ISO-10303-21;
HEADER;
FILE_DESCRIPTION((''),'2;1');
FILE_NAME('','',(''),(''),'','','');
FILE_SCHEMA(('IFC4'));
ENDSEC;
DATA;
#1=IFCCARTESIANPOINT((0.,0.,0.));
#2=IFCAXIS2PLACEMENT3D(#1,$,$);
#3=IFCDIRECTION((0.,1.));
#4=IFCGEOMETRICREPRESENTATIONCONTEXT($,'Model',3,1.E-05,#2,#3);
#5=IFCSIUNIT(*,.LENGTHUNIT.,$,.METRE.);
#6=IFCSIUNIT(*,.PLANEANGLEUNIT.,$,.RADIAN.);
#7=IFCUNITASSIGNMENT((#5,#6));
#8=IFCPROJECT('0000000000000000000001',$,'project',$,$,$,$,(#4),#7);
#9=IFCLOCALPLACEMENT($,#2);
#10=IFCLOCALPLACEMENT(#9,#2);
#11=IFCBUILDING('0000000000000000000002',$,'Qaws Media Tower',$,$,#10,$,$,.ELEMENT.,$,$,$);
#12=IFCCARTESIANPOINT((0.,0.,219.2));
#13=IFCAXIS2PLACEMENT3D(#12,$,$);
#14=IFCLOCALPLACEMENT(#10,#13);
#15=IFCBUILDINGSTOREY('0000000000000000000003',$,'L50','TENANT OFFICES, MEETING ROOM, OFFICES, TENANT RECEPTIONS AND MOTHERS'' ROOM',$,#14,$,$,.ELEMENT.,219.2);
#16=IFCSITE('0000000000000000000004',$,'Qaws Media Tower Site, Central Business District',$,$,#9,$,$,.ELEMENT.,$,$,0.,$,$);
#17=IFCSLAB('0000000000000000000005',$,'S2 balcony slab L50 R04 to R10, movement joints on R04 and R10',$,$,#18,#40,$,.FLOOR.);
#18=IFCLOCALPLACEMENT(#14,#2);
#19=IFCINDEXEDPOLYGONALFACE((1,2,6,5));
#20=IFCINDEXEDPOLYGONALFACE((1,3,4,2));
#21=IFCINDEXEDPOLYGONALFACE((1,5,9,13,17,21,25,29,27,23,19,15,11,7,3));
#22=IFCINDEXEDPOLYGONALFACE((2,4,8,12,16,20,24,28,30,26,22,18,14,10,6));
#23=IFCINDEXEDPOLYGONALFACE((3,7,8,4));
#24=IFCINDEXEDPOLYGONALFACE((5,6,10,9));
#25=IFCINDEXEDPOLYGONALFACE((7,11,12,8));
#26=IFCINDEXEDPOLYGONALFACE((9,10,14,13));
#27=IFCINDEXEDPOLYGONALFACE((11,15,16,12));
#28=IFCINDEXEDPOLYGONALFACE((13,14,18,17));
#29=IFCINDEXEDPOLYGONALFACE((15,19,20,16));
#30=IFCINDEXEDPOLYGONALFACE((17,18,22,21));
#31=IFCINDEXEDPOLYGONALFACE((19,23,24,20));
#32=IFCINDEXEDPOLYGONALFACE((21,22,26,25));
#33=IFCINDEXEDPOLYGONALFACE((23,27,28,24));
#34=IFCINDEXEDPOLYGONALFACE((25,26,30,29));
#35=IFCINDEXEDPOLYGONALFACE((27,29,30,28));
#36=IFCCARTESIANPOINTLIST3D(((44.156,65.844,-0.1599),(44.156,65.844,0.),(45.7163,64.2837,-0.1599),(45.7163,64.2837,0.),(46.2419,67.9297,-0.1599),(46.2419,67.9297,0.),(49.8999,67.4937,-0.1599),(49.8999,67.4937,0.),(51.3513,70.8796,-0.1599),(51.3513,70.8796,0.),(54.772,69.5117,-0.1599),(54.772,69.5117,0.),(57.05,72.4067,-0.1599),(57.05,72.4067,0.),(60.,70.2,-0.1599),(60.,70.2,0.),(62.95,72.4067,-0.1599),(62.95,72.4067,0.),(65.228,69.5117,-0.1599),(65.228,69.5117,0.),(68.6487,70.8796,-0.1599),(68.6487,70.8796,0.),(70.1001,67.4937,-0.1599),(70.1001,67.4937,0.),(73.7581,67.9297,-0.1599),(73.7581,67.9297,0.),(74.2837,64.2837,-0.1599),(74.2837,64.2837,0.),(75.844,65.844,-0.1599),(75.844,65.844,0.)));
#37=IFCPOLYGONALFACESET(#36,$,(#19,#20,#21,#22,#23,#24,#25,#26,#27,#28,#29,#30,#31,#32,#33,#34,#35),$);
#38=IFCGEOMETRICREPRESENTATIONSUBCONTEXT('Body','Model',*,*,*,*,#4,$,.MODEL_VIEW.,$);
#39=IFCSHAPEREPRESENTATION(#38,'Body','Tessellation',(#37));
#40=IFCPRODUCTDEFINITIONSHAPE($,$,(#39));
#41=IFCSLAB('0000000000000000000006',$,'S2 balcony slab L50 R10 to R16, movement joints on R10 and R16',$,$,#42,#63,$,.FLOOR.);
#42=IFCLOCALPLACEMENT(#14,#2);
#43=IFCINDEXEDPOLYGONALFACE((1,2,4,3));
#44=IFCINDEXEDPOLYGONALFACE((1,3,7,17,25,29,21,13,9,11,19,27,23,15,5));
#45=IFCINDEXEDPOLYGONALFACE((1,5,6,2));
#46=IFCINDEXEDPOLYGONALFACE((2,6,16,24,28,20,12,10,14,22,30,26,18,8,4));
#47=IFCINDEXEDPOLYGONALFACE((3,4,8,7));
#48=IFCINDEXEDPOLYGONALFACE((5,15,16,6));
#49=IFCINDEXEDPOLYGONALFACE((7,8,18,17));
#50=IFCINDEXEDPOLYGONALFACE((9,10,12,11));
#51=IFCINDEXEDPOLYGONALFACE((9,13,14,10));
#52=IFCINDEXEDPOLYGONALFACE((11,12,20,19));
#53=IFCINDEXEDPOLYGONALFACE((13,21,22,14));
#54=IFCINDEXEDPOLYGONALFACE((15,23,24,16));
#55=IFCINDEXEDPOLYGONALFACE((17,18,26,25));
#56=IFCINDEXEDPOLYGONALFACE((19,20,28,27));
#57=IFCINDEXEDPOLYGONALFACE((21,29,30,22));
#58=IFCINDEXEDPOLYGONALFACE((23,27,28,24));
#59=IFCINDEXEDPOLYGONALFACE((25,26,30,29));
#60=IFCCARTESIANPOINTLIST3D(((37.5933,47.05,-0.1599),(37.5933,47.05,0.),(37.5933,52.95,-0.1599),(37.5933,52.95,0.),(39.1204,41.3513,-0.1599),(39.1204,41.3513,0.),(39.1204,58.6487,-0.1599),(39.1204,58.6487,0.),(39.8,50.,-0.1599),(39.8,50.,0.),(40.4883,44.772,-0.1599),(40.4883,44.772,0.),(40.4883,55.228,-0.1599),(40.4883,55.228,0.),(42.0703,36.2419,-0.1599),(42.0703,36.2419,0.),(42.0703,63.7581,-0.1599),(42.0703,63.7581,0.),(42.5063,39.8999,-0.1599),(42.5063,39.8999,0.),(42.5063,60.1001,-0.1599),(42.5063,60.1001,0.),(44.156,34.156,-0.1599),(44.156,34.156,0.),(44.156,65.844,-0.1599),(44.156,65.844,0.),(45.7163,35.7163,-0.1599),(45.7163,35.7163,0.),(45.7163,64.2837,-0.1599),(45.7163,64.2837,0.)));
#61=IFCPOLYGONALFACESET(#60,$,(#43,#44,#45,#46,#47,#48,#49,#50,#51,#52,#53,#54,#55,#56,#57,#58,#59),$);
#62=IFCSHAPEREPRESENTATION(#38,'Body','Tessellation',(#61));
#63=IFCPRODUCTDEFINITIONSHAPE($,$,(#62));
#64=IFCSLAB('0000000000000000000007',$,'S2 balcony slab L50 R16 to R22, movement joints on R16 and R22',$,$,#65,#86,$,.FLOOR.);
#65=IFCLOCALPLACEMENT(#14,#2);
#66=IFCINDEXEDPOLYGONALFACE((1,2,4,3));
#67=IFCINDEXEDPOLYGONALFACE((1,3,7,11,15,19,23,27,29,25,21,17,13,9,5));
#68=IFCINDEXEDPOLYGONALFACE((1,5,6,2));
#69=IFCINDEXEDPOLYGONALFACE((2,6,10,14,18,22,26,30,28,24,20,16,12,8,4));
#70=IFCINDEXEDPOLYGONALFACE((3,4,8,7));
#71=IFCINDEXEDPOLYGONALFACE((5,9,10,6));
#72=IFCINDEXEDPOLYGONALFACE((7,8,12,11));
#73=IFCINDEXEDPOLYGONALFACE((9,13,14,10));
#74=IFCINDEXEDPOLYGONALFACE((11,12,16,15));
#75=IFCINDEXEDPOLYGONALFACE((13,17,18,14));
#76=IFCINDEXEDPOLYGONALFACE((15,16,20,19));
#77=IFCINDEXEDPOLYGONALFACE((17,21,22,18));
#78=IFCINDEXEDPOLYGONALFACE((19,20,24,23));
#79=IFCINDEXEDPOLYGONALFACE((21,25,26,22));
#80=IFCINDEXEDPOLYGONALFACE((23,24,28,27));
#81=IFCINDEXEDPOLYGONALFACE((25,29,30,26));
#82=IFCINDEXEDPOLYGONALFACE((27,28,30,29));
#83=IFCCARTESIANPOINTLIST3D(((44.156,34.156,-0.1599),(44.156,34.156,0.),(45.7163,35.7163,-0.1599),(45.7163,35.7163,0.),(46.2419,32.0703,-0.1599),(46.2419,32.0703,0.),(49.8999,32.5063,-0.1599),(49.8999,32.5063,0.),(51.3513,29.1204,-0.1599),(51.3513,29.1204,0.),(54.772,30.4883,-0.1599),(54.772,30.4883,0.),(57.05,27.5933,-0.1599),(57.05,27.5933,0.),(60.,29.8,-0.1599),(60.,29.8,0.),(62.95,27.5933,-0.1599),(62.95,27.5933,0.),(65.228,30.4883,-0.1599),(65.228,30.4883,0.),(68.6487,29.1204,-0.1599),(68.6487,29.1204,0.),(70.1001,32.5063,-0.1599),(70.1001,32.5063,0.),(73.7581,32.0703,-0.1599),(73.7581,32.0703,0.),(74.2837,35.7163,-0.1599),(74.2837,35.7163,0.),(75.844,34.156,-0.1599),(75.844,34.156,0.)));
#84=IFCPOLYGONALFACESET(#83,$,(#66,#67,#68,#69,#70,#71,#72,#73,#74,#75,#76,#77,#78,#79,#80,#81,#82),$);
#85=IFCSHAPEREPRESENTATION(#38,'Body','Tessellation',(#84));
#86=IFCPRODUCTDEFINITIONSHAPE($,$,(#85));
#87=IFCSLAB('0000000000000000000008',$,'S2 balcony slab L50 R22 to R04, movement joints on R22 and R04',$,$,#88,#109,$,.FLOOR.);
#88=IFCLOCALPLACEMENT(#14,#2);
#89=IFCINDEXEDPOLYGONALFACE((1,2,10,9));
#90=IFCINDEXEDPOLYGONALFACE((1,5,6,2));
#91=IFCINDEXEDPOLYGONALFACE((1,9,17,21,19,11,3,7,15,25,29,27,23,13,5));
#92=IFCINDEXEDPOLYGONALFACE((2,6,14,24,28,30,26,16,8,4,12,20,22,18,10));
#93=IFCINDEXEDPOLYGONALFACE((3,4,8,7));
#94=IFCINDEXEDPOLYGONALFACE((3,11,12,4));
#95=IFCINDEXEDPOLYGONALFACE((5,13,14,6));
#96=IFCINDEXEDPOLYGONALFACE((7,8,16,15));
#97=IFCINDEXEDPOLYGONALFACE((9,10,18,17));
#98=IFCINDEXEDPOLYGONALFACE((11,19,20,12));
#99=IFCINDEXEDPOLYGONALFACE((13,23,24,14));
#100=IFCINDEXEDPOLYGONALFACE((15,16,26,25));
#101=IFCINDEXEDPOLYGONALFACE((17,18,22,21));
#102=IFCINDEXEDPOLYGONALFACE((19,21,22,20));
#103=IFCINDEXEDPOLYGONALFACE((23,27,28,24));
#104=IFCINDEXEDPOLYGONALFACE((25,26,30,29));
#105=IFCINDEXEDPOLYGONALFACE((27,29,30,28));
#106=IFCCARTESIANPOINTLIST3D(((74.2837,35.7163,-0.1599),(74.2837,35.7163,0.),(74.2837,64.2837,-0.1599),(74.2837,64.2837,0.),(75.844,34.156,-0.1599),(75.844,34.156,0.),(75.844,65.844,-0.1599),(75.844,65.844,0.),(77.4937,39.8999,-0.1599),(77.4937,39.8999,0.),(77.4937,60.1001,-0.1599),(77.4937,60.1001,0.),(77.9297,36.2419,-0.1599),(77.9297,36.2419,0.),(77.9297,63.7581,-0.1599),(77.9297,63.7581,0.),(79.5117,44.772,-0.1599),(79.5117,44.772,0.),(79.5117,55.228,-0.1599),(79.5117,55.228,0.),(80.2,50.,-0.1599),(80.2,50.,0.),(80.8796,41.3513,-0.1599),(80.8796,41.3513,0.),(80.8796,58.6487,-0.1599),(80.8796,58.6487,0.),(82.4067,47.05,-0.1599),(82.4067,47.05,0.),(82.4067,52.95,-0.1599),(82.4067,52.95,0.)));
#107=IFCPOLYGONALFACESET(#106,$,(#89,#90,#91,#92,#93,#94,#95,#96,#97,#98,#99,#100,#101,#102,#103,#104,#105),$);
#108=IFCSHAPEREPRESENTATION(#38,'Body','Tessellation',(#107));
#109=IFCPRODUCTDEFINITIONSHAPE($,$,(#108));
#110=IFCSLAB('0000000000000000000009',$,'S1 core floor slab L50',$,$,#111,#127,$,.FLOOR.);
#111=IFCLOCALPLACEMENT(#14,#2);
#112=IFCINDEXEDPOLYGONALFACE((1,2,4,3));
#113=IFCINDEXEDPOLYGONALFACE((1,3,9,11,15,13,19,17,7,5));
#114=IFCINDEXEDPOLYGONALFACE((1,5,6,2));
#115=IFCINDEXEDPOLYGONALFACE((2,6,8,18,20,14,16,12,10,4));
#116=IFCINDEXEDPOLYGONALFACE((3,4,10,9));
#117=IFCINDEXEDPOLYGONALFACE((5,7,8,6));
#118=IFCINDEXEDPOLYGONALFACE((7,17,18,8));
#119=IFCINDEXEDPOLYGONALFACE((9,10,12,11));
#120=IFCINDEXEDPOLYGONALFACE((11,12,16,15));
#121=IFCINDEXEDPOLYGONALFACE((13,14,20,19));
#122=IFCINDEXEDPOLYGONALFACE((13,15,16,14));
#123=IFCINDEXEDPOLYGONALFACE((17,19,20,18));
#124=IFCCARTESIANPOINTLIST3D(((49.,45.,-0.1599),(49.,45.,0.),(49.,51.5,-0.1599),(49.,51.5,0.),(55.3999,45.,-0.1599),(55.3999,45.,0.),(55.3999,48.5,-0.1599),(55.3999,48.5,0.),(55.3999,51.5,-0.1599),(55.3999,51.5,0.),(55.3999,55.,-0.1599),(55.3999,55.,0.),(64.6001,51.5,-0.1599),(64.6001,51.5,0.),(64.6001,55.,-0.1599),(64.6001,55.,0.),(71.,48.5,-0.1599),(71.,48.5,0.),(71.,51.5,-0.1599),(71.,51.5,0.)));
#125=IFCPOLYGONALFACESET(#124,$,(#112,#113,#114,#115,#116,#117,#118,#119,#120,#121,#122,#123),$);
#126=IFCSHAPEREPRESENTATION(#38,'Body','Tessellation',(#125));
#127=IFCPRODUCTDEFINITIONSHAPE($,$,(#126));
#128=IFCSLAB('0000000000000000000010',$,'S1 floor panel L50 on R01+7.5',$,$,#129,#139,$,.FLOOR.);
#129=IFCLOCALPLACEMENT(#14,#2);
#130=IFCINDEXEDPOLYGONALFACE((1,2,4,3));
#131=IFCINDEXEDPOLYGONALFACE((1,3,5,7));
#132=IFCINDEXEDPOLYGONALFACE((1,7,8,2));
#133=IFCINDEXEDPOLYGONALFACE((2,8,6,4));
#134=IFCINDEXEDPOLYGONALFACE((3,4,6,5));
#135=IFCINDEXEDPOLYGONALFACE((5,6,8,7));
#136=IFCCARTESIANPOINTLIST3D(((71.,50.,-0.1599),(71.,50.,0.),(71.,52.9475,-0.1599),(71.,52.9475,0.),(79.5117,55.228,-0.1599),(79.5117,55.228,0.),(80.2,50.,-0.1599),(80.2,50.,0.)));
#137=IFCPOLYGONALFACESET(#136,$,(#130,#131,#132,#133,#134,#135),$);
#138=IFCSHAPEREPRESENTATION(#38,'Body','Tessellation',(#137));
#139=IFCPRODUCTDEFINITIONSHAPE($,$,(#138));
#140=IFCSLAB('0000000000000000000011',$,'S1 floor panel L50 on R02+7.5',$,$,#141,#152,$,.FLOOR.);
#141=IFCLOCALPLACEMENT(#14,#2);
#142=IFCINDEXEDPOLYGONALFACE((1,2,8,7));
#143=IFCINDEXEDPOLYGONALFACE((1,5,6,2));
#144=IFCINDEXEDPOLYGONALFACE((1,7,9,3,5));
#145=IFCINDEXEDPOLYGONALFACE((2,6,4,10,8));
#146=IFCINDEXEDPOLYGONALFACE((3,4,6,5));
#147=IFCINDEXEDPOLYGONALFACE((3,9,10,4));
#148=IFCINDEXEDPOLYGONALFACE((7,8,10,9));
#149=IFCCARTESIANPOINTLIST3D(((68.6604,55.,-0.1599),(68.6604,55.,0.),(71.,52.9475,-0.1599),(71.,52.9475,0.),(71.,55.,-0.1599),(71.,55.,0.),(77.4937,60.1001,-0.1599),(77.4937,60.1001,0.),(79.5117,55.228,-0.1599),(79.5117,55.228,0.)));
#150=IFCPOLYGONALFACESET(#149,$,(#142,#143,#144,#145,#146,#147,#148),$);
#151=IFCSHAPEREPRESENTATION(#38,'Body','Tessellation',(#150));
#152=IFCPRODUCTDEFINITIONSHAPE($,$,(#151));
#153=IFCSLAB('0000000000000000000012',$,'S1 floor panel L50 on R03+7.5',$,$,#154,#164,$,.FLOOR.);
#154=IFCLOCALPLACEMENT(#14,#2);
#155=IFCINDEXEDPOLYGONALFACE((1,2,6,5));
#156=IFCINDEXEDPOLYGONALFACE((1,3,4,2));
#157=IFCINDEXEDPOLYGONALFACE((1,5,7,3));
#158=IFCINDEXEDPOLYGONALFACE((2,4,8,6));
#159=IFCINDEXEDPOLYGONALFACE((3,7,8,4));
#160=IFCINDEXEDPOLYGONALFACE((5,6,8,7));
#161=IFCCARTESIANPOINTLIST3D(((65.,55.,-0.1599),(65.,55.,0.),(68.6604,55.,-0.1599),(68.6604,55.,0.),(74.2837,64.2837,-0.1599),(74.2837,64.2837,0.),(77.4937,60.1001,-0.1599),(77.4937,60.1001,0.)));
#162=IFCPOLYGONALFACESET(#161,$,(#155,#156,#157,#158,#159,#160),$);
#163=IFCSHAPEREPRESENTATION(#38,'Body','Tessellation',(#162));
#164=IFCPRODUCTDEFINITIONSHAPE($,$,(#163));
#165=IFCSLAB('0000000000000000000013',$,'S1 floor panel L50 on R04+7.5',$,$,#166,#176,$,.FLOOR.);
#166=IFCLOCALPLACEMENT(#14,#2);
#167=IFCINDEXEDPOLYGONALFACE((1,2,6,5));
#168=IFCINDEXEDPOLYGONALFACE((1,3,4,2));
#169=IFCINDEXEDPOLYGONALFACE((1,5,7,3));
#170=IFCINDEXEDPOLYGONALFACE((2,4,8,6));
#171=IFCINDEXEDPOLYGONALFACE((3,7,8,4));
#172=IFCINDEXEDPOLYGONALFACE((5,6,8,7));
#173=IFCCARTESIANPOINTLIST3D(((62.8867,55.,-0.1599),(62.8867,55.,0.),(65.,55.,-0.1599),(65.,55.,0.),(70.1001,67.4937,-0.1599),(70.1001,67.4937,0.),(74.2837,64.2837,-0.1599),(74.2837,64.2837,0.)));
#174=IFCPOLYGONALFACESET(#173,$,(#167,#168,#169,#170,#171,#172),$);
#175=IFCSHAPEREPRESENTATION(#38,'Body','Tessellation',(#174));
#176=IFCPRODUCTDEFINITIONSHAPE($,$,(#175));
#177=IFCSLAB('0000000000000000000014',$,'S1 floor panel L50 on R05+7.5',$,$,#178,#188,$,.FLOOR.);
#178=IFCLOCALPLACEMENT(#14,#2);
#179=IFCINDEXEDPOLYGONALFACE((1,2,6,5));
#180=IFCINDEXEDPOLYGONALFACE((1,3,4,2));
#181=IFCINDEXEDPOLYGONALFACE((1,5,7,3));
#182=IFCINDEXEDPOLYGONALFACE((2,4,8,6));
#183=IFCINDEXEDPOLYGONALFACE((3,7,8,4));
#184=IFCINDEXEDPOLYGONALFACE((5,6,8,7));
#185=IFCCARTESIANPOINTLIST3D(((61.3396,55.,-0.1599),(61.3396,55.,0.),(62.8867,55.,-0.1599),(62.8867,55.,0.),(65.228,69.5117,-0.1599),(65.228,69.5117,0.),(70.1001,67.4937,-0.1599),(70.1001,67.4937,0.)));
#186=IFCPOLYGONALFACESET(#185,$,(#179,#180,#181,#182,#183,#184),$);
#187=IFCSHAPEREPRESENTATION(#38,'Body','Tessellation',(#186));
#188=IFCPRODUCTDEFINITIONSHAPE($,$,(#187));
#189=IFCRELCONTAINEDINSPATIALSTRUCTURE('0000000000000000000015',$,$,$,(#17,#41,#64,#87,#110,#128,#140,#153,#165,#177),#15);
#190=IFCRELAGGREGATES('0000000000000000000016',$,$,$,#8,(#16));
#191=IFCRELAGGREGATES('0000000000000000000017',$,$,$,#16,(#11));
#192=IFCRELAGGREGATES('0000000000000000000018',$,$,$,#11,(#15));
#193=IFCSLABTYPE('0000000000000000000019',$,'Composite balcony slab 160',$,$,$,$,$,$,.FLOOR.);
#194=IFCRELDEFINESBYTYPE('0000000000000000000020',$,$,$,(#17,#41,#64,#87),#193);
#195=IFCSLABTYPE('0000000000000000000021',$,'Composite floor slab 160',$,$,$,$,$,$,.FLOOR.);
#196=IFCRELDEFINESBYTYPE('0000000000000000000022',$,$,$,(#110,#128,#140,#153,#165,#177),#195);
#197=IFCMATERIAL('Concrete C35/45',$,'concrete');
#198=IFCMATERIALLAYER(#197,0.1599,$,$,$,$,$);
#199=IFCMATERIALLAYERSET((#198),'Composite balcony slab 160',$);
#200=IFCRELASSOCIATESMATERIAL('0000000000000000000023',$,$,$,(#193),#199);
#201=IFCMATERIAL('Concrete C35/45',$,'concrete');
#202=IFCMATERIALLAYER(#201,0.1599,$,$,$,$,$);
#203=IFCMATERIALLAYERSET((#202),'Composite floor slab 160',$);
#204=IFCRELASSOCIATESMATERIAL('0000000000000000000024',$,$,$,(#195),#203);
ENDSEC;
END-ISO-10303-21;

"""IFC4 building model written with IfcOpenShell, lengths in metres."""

from ifc_helpers import new_model, si_unit, direction, frame, origin, place, context, subcontext, project, spatial, polyline, outline, extrude, material, layer, layer_set, type_object, element, save


model = new_model("IFC4")

# Units and contexts
model_context = context("Model", 3, precision=1e-05, world=origin(), true_north=direction((0.0, 1.0)))
body_context = subcontext(model_context, "Body", "Model", "MODEL_VIEW")
ifc_project = project(units=[si_unit("LENGTHUNIT", "METRE"), si_unit("PLANEANGLEUNIT", "RADIAN")], contexts=[model_context])

# Site, building, storey
site_placement = place(None, origin())
site = spatial("IfcSite", under=ifc_project, at=site_placement, Name="Qaws Media Tower Site, Central Business District", CompositionType="ELEMENT", RefElevation=0.0)
building_placement = place(site_placement, origin())
building = spatial("IfcBuilding", under=site, at=building_placement, Name="Qaws Media Tower", CompositionType="ELEMENT")
storey_placement = place(building_placement, frame((0.0, 0.0, 219.2)))
storey = spatial("IfcBuildingStorey", under=building, at=storey_placement, Name="L50", Description="TENANT OFFICES, MEETING ROOM, OFFICES, TENANT RECEPTIONS AND MOTHERS' ROOM", CompositionType="ELEMENT", Elevation=219.2)

# Slabs
ifc_material_1 = material(Name="Concrete C35/45", Category="concrete")
ifc_layer_1 = layer(ifc_material_1, 0.1599)
ifc_layer_set_1 = layer_set([ifc_layer_1], Name="Composite balcony slab 160")
slab_type_1 = type_object("IfcSlabType", Name="Composite balcony slab 160", PredefinedType="FLOOR", material=ifc_layer_set_1)
slab_1_placement = place(storey_placement, frame((0.0, 0.0, -0.1599)))
element("IfcSlab", 1, at=slab_1_placement, inside=storey, type_object=slab_type_1, Name="S2 balcony slab L50 R04 to R10, movement joints on R04 and R10", PredefinedType="FLOOR", context=body_context, shape_type="SweptSolid", body=[
    extrude(outline(polyline([(46.2419, 67.9297), (51.3513, 70.8796), (57.05, 72.4067), (62.95, 72.4067), (68.6487, 70.8796), (73.7581, 67.9297), (75.844, 65.844), (74.2837, 64.2837), (70.1001, 67.4937), (65.228, 69.5117), (60.0, 70.2), (54.772, 69.5117), (49.8999, 67.4937), (45.7163, 64.2837), (44.156, 65.844), (46.2419, 67.9297)])), origin(), (0.0, 0.0, 1.0), 0.1599),
])
slab_2_placement = place(storey_placement, frame((0.0, 0.0, -0.1599)))
element("IfcSlab", 2, at=slab_2_placement, inside=storey, type_object=slab_type_1, Name="S2 balcony slab L50 R10 to R16, movement joints on R10 and R16", PredefinedType="FLOOR", context=body_context, shape_type="SweptSolid", body=[
    extrude(outline(polyline([(42.0703, 36.2419), (39.1204, 41.3513), (37.5933, 47.05), (37.5933, 52.95), (39.1204, 58.6487), (42.0703, 63.7581), (44.156, 65.844), (45.7163, 64.2837), (42.5063, 60.1001), (40.4883, 55.228), (39.8, 50.0), (40.4883, 44.772), (42.5063, 39.8999), (45.7163, 35.7163), (44.156, 34.156), (42.0703, 36.2419)])), origin(), (0.0, 0.0, 1.0), 0.1599),
])
slab_3_placement = place(storey_placement, frame((0.0, 0.0, -0.1599)))
element("IfcSlab", 3, at=slab_3_placement, inside=storey, type_object=slab_type_1, Name="S2 balcony slab L50 R16 to R22, movement joints on R16 and R22", PredefinedType="FLOOR", context=body_context, shape_type="SweptSolid", body=[
    extrude(outline(polyline([(73.7581, 32.0703), (68.6487, 29.1204), (62.95, 27.5933), (57.05, 27.5933), (51.3513, 29.1204), (46.2419, 32.0703), (44.156, 34.156), (45.7163, 35.7163), (49.8999, 32.5063), (54.772, 30.4883), (60.0, 29.8), (65.228, 30.4883), (70.1001, 32.5063), (74.2837, 35.7163), (75.844, 34.156), (73.7581, 32.0703)])), origin(), (0.0, 0.0, 1.0), 0.1599),
])
slab_4_placement = place(storey_placement, frame((0.0, 0.0, -0.1599)))
element("IfcSlab", 4, at=slab_4_placement, inside=storey, type_object=slab_type_1, Name="S2 balcony slab L50 R22 to R04, movement joints on R22 and R04", PredefinedType="FLOOR", context=body_context, shape_type="SweptSolid", body=[
    extrude(outline(polyline([(80.8796, 41.3513), (77.9297, 36.2419), (75.844, 34.156), (74.2837, 35.7163), (77.4937, 39.8999), (79.5117, 44.772), (80.2, 50.0), (79.5117, 55.228), (77.4937, 60.1001), (74.2837, 64.2837), (75.844, 65.844), (77.9297, 63.7581), (80.8796, 58.6487), (82.4067, 52.95), (82.4067, 47.05), (80.8796, 41.3513)])), origin(), (0.0, 0.0, 1.0), 0.1599),
])
ifc_material_2 = material(Name="Concrete C35/45", Category="concrete")
ifc_layer_2 = layer(ifc_material_2, 0.1599)
ifc_layer_set_2 = layer_set([ifc_layer_2], Name="Composite floor slab 160")
slab_type_2 = type_object("IfcSlabType", Name="Composite floor slab 160", PredefinedType="FLOOR", material=ifc_layer_set_2)
slab_5_placement = place(storey_placement, frame((0.0, 0.0, -0.1599)))
element("IfcSlab", 5, at=slab_5_placement, inside=storey, type_object=slab_type_2, Name="S1 core floor slab L50", PredefinedType="FLOOR", context=body_context, shape_type="SweptSolid", body=[
    extrude(outline(polyline([(71.0, 51.5), (71.0, 48.5), (55.3999, 48.5), (55.3999, 45.0), (49.0, 45.0), (49.0, 51.5), (55.3999, 51.5), (55.3999, 55.0), (64.6001, 55.0), (64.6001, 51.5), (71.0, 51.5)])), origin(), (0.0, 0.0, 1.0), 0.1599),
])
slab_6_placement = place(storey_placement, frame((0.0, 0.0, -0.1599)))
element("IfcSlab", 6, at=slab_6_placement, inside=storey, type_object=slab_type_2, Name="S1 floor panel L50 on R01+7.5", PredefinedType="FLOOR", context=body_context, shape_type="SweptSolid", body=[
    extrude(outline(polyline([(80.2, 50.0), (71.0, 50.0), (71.0, 52.9475), (79.5117, 55.228), (80.2, 50.0)])), origin(), (0.0, 0.0, 1.0), 0.1599),
])
slab_7_placement = place(storey_placement, frame((0.0, 0.0, -0.1599)))
element("IfcSlab", 7, at=slab_7_placement, inside=storey, type_object=slab_type_2, Name="S1 floor panel L50 on R02+7.5", PredefinedType="FLOOR", context=body_context, shape_type="SweptSolid", body=[
    extrude(outline(polyline([(79.5117, 55.228), (71.0, 52.9475), (71.0, 55.0), (68.6604, 55.0), (77.4937, 60.1001), (79.5117, 55.228)])), origin(), (0.0, 0.0, 1.0), 0.1599),
])
slab_8_placement = place(storey_placement, frame((0.0, 0.0, -0.1599)))
element("IfcSlab", 8, at=slab_8_placement, inside=storey, type_object=slab_type_2, Name="S1 floor panel L50 on R03+7.5", PredefinedType="FLOOR", context=body_context, shape_type="SweptSolid", body=[
    extrude(outline(polyline([(77.4937, 60.1001), (68.6604, 55.0), (65.0, 55.0), (74.2837, 64.2837), (77.4937, 60.1001)])), origin(), (0.0, 0.0, 1.0), 0.1599),
])
slab_9_placement = place(storey_placement, frame((0.0, 0.0, -0.1599)))
element("IfcSlab", 9, at=slab_9_placement, inside=storey, type_object=slab_type_2, Name="S1 floor panel L50 on R04+7.5", PredefinedType="FLOOR", context=body_context, shape_type="SweptSolid", body=[
    extrude(outline(polyline([(70.1001, 67.4937), (74.2837, 64.2837), (65.0, 55.0), (62.8867, 55.0), (70.1001, 67.4937)])), origin(), (0.0, 0.0, 1.0), 0.1599),
])
slab_10_placement = place(storey_placement, frame((0.0, 0.0, -0.1599)))
element("IfcSlab", 10, at=slab_10_placement, inside=storey, type_object=slab_type_2, Name="S1 floor panel L50 on R05+7.5", PredefinedType="FLOOR", context=body_context, shape_type="SweptSolid", body=[
    extrude(outline(polyline([(65.228, 69.5117), (70.1001, 67.4937), (62.8867, 55.0), (61.3396, 55.0), (65.228, 69.5117)])), origin(), (0.0, 0.0, 1.0), 0.1599),
])

save(model, "model.ifc")
